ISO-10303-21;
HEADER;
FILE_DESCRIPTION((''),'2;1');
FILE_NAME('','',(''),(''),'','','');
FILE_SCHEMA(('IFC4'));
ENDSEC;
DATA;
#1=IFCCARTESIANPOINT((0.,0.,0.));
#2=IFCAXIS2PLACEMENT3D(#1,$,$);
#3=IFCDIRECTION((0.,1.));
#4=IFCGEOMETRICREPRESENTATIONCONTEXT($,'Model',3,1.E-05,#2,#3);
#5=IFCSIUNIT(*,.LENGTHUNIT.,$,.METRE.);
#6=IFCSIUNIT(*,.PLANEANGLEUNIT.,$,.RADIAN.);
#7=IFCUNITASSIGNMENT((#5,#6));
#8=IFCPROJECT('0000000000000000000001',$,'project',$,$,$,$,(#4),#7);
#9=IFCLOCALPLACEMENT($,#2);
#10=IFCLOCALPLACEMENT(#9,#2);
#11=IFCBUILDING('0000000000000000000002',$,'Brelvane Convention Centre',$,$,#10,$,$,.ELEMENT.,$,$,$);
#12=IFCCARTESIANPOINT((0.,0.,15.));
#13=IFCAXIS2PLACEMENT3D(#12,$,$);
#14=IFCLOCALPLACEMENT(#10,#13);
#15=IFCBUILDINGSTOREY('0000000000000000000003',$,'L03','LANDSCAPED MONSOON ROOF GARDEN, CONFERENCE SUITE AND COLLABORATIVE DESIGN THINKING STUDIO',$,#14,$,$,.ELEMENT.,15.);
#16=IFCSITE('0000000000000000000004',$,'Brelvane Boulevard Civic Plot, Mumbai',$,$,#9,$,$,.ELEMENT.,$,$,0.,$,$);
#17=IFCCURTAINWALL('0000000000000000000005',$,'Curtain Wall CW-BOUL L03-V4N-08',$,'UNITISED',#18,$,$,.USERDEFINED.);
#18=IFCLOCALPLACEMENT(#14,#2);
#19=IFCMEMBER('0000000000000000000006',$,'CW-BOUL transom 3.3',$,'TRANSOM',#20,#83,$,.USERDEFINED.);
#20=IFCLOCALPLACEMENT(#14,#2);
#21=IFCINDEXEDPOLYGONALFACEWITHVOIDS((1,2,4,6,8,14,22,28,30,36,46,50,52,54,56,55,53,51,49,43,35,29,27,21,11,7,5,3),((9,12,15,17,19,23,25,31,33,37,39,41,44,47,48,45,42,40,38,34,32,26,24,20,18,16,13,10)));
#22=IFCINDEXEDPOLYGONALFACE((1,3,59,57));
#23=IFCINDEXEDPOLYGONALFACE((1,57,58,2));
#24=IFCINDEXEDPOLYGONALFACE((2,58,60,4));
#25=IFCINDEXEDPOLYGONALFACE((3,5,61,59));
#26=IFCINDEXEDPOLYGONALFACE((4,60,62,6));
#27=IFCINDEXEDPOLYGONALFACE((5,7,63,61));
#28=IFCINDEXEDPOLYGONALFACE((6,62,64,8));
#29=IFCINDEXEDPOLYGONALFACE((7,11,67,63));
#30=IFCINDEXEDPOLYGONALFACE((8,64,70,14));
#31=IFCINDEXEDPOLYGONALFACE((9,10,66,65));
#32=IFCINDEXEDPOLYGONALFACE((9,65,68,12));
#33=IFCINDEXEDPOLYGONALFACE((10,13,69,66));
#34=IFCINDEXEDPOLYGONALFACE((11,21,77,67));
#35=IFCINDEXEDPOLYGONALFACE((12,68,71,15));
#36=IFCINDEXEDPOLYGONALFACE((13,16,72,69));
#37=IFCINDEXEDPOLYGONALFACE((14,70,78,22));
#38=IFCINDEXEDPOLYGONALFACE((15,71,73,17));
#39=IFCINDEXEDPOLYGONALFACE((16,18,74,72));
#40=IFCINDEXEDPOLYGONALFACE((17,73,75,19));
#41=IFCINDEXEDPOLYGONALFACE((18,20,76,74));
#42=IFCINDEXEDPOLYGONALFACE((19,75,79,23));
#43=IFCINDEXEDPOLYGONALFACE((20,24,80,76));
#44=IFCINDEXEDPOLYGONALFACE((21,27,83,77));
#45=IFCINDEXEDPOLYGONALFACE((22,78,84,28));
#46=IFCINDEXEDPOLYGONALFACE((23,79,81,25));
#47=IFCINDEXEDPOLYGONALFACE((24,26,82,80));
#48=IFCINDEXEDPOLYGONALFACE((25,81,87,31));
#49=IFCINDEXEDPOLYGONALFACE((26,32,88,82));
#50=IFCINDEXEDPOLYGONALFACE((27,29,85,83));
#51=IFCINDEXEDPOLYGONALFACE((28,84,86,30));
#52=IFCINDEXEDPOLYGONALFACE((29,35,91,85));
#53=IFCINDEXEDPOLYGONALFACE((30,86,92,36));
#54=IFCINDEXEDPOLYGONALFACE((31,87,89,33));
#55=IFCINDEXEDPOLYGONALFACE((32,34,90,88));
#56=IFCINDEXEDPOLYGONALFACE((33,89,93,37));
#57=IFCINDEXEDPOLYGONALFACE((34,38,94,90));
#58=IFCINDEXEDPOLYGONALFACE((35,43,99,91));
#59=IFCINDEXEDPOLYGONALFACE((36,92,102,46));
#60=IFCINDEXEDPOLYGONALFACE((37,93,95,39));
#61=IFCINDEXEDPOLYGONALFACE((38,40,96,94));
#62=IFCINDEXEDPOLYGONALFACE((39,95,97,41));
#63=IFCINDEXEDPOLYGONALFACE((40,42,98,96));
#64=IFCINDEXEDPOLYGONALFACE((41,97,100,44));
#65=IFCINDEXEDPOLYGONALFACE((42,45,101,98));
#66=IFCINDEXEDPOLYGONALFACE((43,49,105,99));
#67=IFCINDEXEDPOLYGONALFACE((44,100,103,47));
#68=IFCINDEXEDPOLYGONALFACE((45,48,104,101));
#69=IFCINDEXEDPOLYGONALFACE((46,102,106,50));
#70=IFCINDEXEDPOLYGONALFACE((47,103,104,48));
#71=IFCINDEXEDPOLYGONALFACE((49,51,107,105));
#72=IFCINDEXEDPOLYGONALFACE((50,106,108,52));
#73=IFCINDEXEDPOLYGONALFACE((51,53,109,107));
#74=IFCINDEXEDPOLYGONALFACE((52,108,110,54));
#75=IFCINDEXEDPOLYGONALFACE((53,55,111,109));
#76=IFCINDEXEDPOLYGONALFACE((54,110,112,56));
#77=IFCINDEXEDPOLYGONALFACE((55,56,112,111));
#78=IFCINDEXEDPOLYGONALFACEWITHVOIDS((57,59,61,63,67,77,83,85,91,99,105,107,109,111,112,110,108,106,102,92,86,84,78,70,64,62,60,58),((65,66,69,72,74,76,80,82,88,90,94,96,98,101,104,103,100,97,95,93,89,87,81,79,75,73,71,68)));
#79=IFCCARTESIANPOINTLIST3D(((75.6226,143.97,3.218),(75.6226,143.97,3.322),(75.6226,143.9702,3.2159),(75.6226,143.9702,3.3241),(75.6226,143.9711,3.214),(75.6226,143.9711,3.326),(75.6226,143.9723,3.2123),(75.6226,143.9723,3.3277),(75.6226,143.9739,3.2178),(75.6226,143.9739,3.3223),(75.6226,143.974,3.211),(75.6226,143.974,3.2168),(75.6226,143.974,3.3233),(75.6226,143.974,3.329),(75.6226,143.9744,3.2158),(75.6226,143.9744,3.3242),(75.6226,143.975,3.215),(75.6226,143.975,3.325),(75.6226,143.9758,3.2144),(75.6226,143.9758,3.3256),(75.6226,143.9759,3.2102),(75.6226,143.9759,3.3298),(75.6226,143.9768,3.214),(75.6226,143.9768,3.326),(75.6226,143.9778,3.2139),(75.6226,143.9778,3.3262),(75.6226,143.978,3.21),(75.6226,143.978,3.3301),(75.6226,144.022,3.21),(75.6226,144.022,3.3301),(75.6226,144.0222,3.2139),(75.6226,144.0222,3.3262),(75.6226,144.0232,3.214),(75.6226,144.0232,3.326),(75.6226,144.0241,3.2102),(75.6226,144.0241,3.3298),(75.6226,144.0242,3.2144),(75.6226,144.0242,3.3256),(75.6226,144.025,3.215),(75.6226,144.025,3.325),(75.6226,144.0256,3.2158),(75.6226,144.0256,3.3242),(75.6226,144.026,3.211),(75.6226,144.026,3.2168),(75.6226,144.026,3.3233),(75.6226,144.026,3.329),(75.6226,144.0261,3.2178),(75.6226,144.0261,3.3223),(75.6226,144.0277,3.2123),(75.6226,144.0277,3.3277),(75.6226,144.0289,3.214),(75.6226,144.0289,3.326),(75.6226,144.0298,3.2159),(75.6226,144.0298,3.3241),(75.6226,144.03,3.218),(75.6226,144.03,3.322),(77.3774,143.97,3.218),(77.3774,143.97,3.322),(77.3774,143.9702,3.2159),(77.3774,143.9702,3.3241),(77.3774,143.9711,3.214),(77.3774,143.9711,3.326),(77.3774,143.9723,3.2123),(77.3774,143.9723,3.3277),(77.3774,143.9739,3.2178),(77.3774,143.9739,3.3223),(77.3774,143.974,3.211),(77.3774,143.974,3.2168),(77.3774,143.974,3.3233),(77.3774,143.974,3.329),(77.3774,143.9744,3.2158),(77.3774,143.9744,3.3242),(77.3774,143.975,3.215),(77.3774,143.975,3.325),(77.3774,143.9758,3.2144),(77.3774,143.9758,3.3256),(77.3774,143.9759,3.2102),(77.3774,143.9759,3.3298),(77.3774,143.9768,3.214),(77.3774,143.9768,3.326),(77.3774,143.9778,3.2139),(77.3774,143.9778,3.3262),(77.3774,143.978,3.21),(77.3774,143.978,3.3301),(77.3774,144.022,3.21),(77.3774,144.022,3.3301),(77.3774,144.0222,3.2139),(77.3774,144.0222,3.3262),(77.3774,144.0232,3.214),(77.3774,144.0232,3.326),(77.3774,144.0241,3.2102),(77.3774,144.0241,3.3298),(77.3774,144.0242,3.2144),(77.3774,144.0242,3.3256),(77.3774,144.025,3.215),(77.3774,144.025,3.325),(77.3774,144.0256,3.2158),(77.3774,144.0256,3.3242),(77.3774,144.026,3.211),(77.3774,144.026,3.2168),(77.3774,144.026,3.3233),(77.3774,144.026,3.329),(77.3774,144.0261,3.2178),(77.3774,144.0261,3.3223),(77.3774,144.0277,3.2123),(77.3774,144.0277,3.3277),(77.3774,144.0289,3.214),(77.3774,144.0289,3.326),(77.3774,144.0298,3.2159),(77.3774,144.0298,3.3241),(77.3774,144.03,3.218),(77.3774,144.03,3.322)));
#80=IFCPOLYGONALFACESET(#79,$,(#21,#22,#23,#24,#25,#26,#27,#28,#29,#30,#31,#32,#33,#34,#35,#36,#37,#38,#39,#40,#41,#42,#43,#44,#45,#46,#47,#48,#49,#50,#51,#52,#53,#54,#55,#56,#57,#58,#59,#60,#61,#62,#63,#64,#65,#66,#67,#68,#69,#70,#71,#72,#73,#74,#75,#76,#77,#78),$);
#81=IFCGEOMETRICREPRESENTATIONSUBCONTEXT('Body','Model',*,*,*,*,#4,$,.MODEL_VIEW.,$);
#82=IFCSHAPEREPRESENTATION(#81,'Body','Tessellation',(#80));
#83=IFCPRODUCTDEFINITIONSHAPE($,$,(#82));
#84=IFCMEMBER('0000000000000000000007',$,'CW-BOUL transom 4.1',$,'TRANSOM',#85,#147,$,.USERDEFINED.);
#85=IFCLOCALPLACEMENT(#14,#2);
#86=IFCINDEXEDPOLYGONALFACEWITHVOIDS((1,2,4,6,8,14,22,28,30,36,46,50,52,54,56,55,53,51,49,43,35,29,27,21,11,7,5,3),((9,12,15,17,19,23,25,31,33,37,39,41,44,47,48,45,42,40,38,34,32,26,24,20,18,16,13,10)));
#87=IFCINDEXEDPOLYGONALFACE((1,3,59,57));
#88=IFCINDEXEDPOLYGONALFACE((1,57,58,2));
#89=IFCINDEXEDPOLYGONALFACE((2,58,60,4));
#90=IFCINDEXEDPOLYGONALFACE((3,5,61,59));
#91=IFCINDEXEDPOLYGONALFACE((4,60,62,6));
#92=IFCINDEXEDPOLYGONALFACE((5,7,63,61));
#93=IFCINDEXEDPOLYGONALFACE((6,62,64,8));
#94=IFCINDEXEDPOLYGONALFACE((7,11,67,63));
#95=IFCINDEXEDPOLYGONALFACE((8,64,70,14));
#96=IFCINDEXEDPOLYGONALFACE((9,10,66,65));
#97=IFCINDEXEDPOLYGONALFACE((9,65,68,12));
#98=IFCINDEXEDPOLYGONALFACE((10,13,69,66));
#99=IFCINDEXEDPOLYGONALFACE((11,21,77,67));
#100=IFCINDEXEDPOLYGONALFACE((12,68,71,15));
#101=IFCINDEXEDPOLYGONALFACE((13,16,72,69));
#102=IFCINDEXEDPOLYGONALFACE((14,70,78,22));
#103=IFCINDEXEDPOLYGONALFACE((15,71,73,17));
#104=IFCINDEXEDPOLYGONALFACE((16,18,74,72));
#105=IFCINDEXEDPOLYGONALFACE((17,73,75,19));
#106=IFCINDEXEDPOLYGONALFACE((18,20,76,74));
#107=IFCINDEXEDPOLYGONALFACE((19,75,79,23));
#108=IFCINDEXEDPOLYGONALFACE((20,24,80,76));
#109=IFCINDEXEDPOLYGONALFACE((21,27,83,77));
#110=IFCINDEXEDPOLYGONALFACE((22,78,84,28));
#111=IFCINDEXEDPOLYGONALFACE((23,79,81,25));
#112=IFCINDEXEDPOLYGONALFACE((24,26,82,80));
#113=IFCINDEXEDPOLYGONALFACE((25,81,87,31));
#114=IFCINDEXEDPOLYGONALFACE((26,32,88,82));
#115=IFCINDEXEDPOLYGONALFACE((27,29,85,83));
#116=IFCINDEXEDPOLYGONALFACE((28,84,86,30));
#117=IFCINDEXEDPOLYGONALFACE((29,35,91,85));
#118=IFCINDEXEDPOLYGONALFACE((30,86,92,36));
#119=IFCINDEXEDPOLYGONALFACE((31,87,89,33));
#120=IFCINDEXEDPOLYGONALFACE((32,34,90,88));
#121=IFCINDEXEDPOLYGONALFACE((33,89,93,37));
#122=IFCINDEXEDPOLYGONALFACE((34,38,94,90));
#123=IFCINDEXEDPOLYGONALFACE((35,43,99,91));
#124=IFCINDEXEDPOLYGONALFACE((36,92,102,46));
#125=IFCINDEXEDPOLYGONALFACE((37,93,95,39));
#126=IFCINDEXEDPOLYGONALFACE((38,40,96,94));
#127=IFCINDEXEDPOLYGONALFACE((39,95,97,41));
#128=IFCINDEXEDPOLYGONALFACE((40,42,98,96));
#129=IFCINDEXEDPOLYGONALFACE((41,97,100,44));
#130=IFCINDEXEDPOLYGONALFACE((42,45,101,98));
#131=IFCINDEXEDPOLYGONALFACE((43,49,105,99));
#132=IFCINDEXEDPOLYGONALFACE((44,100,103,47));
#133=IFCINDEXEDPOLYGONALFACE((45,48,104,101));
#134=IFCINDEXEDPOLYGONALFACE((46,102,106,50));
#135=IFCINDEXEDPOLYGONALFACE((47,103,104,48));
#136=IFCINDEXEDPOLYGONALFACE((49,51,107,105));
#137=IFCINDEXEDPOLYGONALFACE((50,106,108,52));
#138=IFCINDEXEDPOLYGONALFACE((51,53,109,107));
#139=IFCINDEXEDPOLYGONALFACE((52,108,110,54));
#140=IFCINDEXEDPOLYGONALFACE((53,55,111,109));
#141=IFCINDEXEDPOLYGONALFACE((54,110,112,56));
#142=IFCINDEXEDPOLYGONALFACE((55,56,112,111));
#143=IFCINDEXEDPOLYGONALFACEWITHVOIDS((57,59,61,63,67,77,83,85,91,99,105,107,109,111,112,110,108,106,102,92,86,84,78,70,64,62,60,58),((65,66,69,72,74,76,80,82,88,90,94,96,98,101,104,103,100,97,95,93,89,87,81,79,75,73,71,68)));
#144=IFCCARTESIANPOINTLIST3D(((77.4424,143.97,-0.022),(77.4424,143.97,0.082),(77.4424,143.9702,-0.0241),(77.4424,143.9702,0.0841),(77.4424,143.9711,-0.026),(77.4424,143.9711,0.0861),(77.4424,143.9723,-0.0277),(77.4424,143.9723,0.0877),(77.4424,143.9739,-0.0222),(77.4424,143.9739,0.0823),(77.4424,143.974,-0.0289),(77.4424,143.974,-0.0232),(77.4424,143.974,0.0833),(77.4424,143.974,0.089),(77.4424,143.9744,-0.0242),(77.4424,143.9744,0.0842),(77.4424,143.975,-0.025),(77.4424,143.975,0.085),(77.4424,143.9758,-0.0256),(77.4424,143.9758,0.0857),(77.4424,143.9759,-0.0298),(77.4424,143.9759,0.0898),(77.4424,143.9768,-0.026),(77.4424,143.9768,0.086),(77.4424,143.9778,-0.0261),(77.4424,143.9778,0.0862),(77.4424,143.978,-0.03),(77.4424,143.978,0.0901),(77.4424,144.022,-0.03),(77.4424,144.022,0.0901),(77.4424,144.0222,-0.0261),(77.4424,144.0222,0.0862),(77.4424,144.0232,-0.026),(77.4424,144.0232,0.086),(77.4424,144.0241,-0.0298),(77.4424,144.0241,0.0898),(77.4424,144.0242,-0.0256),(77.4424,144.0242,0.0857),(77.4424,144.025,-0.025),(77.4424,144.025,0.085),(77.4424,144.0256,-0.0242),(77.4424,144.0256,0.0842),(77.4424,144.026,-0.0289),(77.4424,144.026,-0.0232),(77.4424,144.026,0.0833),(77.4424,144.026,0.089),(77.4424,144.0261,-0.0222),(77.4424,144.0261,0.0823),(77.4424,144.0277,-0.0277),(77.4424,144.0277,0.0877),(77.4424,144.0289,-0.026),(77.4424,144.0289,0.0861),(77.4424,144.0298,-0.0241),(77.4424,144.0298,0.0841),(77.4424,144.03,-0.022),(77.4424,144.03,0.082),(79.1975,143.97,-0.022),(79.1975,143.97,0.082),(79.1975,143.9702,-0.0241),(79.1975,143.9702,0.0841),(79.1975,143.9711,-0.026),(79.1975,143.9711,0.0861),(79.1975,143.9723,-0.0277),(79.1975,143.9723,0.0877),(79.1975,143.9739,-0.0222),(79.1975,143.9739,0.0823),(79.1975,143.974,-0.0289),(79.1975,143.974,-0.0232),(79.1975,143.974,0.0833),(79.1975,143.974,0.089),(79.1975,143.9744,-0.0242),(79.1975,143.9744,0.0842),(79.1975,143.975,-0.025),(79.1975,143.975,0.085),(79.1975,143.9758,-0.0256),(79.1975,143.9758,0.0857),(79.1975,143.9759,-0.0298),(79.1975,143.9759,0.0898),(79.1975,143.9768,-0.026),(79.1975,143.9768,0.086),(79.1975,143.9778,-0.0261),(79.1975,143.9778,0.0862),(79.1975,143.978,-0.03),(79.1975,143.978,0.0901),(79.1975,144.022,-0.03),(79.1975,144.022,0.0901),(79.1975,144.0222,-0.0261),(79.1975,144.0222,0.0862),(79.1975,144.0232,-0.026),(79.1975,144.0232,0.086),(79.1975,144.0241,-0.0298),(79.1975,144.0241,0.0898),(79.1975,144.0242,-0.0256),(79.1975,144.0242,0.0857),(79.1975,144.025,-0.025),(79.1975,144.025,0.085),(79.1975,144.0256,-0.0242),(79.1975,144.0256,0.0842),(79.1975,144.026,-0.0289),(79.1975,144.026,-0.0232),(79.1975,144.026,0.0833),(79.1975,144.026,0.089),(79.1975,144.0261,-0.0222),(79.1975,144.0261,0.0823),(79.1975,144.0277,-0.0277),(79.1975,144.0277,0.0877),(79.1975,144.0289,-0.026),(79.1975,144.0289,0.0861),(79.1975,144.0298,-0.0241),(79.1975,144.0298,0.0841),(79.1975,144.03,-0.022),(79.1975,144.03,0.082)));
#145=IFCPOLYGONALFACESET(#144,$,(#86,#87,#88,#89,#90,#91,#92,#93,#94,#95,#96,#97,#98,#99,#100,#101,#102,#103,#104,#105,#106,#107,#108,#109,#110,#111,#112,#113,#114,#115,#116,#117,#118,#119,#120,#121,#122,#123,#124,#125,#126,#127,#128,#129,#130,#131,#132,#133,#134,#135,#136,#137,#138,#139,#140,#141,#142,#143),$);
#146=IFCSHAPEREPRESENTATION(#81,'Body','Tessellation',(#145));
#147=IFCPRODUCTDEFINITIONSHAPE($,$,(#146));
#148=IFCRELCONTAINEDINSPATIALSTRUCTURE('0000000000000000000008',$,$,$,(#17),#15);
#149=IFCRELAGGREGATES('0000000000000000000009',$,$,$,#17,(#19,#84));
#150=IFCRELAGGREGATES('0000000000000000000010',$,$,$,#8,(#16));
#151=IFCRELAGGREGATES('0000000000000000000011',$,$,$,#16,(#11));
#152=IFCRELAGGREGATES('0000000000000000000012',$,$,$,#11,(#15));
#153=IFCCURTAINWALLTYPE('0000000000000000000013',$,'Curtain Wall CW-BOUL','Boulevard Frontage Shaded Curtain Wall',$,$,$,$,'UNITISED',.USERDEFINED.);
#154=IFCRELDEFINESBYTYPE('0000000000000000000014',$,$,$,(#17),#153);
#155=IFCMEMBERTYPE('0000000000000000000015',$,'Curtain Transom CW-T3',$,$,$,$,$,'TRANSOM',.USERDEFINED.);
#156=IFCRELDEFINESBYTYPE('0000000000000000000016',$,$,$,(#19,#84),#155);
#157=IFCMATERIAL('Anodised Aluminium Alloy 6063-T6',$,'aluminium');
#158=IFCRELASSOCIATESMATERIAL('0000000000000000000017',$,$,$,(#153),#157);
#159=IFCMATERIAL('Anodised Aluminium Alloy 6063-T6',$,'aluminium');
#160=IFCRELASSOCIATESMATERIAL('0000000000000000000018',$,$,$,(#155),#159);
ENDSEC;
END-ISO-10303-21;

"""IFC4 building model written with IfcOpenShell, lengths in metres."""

from ifc_helpers import new_model, si_unit, direction, frame, origin, origin_2d, place, context, subcontext, project, spatial, hollow_rectangle, extrude, material, material_profile, profile_set, type_object, element, aggregate, save


model = new_model("IFC4")

# Units and contexts
model_context = context("Model", 3, precision=1e-05, world=origin(), true_north=direction((0.0, 1.0)))
body_context = subcontext(model_context, "Body", "Model", "MODEL_VIEW")
ifc_project = project(units=[si_unit("LENGTHUNIT", "METRE"), si_unit("PLANEANGLEUNIT", "RADIAN")], contexts=[model_context])

# Site, building, storey
site_placement = place(None, origin())
site = spatial("IfcSite", under=ifc_project, at=site_placement, Name="Brelvane Boulevard Civic Plot, Mumbai", CompositionType="ELEMENT", RefElevation=0.0)
building_placement = place(site_placement, origin())
building = spatial("IfcBuilding", under=site, at=building_placement, Name="Brelvane Convention Centre", CompositionType="ELEMENT")
storey_placement = place(building_placement, frame((0.0, 0.0, 15.0)))
storey = spatial("IfcBuildingStorey", under=building, at=storey_placement, Name="L03", Description="LANDSCAPED MONSOON ROOF GARDEN, CONFERENCE SUITE AND COLLABORATIVE DESIGN THINKING STUDIO", CompositionType="ELEMENT", Elevation=15.0)

# Curtain wall, members
ifc_material_1 = material(Name="Anodised Aluminium Alloy 6063-T6", Category="aluminium")
curtain_wall_type = type_object("IfcCurtainWallType", Name="Curtain Wall CW-BOUL", Description="Boulevard Frontage Shaded Curtain Wall", ElementType="UNITISED", PredefinedType="USERDEFINED", material=ifc_material_1)
curtain_wall_placement = place(storey_placement, origin())
curtain_wall = element("IfcCurtainWall", 1, at=curtain_wall_placement, inside=storey, type_object=curtain_wall_type, Name="Curtain Wall CW-BOUL L03-V4N-08", ObjectType="UNITISED", PredefinedType="USERDEFINED")
ifc_material_2 = material(Name="Anodised Aluminium Alloy 6063-T6", Category="aluminium")
ifc_material_profile_1 = material_profile(ifc_material_2, hollow_rectangle(XDim=0.0601, YDim=0.1201, WallThickness=0.0039, InnerFilletRadius=0.0039, OuterFilletRadius=0.0081, at=origin_2d()), Name="ALU-T 120x60x4.0")
ifc_profile_set_1 = profile_set([ifc_material_profile_1], Name="Anodised Aluminium Alloy 6063-T6")
member_type_1 = type_object("IfcMemberType", Name="Curtain Transom CW-T3", ElementType="TRANSOM", PredefinedType="USERDEFINED", material=ifc_profile_set_1)
member_1_placement = place(storey_placement, frame((75.6226, 144.0, 3.27), z_axis=(1.0, 0.0, 0.0), x_axis=(0.0, 1.0, 0.0)))
member_1 = element("IfcMember", 2, at=member_1_placement, type_object=member_type_1, Name="CW-BOUL transom 3.3", ObjectType="TRANSOM", PredefinedType="USERDEFINED", context=body_context, shape_type="SweptSolid", body=[
    extrude(hollow_rectangle(XDim=0.0601, YDim=0.1201, WallThickness=0.0039, InnerFilletRadius=0.0039, OuterFilletRadius=0.0081, at=origin_2d()), origin(), (0.0, 0.0, 1.0), 1.7549),
])
member_2_placement = place(storey_placement, frame((77.4424, 144.0, 0.03), z_axis=(1.0, 0.0, 0.0), x_axis=(0.0, 1.0, 0.0)))
member_2 = element("IfcMember", 3, at=member_2_placement, type_object=member_type_1, Name="CW-BOUL transom 4.1", ObjectType="TRANSOM", PredefinedType="USERDEFINED", context=body_context, shape_type="SweptSolid", body=[
    extrude(hollow_rectangle(XDim=0.0601, YDim=0.1201, WallThickness=0.0039, InnerFilletRadius=0.0039, OuterFilletRadius=0.0081, at=origin_2d()), origin(), (0.0, 0.0, 1.0), 1.7551),
])

aggregate(curtain_wall, [member_1, member_2])

save(model, "model.ifc")
